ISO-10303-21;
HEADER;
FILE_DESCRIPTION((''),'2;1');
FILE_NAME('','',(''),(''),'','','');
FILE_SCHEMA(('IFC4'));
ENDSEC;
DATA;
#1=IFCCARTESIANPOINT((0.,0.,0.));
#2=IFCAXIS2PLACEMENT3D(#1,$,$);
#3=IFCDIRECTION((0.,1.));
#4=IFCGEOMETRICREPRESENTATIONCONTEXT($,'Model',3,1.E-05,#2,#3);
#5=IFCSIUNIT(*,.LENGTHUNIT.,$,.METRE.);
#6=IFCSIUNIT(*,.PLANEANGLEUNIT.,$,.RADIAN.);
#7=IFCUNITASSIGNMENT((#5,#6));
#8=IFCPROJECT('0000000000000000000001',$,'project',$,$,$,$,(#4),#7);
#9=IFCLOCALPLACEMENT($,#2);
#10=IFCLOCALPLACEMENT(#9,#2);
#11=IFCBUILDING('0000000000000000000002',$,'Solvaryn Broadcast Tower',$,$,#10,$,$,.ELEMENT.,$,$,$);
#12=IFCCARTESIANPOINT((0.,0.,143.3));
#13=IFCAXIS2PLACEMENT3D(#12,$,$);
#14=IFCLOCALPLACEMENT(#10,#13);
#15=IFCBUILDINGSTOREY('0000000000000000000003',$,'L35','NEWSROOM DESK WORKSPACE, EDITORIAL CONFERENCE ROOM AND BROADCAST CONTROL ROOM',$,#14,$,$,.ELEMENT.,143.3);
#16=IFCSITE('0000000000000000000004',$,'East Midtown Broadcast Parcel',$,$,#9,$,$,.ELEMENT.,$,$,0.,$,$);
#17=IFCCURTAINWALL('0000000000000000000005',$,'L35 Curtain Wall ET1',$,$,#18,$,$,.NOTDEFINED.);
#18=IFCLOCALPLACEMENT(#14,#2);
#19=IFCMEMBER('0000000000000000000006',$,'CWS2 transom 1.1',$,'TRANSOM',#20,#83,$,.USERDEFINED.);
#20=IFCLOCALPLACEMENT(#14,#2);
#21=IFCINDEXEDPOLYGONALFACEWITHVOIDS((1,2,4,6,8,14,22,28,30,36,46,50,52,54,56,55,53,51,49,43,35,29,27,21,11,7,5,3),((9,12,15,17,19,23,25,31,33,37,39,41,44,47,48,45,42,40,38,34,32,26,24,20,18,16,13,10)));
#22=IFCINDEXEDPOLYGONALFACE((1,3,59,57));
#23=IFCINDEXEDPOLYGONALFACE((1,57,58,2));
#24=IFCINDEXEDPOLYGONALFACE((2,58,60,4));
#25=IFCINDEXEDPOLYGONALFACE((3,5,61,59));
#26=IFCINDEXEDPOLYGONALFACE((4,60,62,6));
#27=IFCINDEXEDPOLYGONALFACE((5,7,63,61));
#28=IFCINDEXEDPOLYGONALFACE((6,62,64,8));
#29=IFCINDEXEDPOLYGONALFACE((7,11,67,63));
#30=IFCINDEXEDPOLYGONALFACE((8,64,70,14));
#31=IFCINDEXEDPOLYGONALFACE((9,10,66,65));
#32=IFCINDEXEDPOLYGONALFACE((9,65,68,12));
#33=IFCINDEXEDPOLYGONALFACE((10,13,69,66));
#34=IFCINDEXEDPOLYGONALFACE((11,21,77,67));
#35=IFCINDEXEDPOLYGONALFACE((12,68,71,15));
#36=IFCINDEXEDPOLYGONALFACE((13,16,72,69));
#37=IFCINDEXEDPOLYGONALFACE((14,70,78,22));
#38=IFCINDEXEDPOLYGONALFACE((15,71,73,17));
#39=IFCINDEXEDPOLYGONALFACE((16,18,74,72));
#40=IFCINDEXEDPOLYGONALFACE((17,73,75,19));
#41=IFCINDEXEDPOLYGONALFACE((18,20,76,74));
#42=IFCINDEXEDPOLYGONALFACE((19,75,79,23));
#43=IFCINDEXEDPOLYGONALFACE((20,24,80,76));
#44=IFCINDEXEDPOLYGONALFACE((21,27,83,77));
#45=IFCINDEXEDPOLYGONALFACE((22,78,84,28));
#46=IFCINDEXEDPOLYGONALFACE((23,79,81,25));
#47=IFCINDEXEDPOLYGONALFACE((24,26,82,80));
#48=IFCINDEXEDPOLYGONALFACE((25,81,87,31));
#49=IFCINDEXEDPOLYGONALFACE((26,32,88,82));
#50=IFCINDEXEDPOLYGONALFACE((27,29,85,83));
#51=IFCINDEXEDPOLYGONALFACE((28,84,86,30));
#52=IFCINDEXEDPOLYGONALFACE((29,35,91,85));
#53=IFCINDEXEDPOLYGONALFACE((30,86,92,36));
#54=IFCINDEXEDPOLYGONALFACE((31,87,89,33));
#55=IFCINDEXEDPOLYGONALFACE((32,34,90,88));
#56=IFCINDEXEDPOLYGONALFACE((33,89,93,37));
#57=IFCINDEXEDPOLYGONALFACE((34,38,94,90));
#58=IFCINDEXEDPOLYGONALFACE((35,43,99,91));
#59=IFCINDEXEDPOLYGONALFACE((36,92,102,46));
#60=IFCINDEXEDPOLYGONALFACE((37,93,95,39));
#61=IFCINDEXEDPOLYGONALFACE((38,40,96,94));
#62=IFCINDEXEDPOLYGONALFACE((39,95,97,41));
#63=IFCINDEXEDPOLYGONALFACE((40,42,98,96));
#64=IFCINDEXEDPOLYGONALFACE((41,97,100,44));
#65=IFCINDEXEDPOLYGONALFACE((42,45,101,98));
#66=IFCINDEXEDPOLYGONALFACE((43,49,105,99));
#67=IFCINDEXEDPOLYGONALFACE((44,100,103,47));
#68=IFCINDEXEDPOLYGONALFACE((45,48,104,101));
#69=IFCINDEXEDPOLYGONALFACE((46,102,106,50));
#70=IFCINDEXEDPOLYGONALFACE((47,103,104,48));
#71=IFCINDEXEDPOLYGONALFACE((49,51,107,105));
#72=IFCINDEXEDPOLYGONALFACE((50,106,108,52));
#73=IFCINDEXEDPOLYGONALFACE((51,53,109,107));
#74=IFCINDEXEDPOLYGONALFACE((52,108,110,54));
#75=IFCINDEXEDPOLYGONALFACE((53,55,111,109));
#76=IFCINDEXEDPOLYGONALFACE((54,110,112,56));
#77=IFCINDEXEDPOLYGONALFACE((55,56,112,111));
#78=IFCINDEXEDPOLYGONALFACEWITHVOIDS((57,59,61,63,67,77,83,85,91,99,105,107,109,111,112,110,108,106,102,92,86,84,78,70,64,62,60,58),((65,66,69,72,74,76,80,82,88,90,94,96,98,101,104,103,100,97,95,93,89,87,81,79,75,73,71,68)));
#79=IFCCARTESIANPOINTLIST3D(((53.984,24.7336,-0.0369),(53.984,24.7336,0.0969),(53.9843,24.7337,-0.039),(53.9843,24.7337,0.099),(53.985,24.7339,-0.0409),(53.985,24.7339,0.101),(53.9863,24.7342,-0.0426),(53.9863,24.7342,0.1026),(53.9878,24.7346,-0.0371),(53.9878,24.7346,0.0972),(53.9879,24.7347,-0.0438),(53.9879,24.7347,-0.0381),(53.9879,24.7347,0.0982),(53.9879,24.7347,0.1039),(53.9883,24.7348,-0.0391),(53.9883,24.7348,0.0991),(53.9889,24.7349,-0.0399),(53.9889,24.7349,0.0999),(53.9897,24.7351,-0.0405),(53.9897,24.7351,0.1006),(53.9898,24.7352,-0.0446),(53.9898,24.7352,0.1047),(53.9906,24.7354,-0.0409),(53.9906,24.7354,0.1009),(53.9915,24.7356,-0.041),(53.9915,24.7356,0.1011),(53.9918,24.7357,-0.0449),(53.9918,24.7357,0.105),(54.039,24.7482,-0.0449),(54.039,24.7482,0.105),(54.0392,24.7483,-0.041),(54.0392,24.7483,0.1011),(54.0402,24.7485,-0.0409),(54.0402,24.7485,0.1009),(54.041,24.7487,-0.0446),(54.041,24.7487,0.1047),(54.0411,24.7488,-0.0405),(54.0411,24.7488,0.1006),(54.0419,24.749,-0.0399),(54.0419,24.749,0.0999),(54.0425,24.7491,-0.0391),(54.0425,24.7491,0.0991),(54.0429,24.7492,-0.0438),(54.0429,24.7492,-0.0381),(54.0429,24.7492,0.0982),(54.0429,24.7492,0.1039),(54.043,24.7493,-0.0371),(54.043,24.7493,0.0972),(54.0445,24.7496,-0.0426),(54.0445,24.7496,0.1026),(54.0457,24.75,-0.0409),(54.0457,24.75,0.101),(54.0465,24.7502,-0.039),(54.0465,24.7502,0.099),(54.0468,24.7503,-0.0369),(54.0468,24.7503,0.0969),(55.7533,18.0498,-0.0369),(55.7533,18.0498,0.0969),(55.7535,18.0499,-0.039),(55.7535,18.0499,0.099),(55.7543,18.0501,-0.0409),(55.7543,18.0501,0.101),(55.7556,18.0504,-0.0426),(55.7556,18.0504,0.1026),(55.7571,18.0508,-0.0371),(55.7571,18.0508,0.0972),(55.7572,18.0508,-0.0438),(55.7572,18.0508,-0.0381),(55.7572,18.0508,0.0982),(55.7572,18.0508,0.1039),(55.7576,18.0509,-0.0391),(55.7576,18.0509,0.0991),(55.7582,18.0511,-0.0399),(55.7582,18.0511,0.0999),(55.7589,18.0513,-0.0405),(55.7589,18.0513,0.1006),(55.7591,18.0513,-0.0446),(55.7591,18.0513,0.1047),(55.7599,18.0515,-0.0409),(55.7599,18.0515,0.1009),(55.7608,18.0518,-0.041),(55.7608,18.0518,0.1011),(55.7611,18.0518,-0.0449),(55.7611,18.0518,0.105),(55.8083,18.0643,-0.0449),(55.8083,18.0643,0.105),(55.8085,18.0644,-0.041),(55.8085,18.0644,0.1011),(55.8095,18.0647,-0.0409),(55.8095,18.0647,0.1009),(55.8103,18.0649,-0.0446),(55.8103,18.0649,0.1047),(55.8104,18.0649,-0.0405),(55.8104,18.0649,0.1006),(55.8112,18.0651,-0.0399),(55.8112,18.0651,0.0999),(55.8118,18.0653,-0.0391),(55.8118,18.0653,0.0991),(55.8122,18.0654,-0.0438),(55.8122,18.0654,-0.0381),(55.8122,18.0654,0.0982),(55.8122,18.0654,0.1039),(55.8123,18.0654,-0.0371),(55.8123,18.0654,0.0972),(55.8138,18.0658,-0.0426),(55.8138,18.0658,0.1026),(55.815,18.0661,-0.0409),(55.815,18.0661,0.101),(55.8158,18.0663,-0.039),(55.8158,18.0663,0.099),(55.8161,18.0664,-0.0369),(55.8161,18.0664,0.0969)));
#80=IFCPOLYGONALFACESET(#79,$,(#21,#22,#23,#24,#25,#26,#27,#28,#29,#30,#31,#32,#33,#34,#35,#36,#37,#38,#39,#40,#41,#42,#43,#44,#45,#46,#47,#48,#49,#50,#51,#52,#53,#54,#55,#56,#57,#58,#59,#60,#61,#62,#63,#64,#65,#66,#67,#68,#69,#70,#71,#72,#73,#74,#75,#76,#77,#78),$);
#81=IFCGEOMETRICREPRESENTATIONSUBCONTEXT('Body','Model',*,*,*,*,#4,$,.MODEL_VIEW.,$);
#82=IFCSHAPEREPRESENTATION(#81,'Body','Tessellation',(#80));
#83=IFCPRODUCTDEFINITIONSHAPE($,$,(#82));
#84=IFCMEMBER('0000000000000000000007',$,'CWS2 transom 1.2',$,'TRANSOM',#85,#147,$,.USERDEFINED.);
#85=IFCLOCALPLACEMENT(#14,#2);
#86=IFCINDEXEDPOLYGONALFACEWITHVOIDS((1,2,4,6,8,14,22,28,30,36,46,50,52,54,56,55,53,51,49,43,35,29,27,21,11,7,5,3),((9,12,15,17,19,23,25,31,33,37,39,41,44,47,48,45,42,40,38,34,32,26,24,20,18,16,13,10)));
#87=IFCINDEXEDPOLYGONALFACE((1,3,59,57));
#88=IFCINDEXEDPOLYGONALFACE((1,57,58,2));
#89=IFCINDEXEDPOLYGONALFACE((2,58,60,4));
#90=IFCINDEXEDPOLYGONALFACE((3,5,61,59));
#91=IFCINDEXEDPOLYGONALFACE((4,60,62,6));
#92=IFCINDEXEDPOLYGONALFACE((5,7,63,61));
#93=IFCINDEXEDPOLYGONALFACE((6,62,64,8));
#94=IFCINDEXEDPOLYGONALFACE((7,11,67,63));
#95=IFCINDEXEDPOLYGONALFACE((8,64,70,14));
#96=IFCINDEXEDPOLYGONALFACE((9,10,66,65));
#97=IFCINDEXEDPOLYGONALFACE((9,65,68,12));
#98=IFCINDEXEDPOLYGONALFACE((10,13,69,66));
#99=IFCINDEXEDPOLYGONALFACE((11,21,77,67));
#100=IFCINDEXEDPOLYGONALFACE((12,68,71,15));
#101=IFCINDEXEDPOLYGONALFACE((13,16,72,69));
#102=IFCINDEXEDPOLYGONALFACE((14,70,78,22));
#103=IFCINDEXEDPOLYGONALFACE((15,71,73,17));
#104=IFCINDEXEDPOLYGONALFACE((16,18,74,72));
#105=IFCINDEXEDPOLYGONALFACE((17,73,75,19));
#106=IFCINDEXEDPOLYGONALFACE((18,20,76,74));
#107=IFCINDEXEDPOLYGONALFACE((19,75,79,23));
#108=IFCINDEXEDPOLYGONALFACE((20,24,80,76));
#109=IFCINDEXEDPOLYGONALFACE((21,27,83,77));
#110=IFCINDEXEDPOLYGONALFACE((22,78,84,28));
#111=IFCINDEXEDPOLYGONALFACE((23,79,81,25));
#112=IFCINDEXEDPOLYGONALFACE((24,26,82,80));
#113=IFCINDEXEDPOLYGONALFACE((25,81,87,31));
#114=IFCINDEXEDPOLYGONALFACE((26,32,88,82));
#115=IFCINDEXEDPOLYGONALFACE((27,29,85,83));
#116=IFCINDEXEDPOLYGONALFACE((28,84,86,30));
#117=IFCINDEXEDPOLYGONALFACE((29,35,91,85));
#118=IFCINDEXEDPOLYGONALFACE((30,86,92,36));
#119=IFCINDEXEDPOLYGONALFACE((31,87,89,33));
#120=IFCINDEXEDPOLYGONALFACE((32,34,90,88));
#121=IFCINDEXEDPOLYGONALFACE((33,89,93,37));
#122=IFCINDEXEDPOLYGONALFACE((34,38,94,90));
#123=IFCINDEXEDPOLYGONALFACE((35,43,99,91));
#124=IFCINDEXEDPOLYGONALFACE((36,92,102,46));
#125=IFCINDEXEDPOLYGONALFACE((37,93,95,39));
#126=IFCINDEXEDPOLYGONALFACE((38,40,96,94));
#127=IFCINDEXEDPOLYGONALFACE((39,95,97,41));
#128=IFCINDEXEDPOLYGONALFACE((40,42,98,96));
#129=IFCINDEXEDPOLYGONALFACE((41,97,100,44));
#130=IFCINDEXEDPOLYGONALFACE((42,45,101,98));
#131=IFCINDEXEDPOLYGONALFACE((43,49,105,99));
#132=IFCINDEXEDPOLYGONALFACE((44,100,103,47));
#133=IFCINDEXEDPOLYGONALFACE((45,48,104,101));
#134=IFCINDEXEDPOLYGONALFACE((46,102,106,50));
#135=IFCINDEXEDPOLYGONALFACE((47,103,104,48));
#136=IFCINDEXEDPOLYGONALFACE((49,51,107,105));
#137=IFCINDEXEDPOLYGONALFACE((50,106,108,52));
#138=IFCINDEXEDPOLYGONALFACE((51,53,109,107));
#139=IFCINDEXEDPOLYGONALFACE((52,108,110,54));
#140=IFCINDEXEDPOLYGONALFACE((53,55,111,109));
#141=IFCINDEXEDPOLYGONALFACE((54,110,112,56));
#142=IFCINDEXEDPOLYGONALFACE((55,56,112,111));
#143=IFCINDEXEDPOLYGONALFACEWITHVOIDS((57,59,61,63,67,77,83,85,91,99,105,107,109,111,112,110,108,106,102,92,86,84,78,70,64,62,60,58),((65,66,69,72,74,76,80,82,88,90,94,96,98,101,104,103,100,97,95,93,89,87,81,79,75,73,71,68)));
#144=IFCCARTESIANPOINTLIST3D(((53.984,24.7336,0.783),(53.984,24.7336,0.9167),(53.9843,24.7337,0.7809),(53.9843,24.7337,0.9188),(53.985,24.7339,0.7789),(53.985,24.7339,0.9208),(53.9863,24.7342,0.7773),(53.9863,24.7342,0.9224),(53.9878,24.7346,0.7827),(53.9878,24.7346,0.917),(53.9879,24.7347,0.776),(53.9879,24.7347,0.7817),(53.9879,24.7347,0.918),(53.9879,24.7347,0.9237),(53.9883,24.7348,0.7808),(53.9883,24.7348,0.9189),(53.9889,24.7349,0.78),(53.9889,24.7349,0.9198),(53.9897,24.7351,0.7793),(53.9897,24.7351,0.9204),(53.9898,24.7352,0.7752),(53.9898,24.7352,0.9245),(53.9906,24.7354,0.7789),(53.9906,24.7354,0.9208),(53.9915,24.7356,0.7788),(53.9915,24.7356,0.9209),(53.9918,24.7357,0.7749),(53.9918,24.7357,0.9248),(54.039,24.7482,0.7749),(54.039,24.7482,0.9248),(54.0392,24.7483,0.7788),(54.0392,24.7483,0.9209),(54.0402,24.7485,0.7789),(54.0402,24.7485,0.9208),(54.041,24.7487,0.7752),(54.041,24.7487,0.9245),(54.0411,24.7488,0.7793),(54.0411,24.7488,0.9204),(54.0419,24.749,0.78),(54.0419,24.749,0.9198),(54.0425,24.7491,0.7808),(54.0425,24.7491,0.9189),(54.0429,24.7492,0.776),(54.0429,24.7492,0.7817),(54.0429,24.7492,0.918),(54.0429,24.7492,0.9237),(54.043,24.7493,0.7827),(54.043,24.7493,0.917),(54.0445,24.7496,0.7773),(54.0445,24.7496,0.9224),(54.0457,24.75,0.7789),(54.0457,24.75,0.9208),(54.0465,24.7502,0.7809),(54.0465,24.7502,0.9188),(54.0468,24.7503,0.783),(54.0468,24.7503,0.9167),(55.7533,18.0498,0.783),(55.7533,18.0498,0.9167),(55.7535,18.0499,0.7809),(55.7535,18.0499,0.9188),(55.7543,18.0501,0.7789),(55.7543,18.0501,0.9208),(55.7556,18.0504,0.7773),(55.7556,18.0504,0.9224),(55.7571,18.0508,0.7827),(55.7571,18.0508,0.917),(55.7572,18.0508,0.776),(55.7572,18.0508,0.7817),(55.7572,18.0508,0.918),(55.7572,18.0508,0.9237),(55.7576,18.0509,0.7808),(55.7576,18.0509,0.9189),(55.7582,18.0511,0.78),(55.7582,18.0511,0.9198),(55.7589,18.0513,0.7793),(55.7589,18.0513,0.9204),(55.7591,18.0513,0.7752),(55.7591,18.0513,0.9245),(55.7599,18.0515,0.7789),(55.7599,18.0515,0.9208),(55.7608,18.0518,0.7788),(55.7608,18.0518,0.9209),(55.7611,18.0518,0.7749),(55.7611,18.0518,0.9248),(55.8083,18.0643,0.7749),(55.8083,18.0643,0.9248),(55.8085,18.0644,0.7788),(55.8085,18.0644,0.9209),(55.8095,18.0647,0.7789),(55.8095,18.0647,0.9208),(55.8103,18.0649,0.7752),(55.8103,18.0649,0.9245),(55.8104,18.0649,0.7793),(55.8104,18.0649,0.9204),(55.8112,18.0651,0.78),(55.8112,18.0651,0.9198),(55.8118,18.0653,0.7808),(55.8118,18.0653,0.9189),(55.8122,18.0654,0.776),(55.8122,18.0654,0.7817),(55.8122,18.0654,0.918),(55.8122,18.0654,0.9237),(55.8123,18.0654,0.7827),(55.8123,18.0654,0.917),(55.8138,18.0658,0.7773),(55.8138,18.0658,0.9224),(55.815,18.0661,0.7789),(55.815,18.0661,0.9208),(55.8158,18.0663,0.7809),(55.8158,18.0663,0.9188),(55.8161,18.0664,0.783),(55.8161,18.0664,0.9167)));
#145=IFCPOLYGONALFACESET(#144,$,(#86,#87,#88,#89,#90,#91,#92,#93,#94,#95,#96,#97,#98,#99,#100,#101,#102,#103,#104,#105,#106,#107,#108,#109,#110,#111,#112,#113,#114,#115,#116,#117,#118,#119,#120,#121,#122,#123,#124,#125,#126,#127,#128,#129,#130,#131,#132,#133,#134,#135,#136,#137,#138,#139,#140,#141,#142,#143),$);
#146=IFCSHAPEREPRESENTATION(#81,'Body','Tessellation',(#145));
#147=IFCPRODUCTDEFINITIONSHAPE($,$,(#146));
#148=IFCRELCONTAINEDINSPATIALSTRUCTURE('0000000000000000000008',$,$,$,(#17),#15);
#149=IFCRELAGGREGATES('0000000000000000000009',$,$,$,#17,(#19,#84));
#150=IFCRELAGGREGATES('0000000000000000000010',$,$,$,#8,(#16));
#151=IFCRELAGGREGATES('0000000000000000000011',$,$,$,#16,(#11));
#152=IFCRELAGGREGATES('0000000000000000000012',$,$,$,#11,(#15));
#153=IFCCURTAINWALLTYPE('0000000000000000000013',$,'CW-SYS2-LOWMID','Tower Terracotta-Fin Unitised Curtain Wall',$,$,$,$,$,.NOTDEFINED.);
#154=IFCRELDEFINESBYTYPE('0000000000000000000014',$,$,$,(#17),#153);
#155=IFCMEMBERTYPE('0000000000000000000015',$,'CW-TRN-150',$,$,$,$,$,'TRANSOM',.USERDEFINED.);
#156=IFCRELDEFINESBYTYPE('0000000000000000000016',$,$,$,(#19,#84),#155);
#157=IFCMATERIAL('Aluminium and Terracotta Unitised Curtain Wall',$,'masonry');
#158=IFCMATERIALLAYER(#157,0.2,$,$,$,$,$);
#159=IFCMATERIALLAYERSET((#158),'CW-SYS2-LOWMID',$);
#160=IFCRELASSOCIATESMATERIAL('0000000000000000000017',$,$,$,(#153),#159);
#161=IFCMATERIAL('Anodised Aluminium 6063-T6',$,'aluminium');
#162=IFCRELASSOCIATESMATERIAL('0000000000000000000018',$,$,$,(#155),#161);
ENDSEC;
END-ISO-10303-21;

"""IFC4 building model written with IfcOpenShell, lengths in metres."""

from ifc_helpers import new_model, si_unit, direction, frame, origin, origin_2d, place, context, subcontext, project, spatial, hollow_rectangle, extrude, material, layer, layer_set, material_profile, profile_set, type_object, element, aggregate, save


model = new_model("IFC4")

# Units and contexts
model_context = context("Model", 3, precision=1e-05, world=origin(), true_north=direction((0.0, 1.0)))
body_context = subcontext(model_context, "Body", "Model", "MODEL_VIEW")
ifc_project = project(units=[si_unit("LENGTHUNIT", "METRE"), si_unit("PLANEANGLEUNIT", "RADIAN")], contexts=[model_context])

# Site, building, storey
site_placement = place(None, origin())
site = spatial("IfcSite", under=ifc_project, at=site_placement, Name="East Midtown Broadcast Parcel", CompositionType="ELEMENT", RefElevation=0.0)
building_placement = place(site_placement, origin())
building = spatial("IfcBuilding", under=site, at=building_placement, Name="Solvaryn Broadcast Tower", CompositionType="ELEMENT")
storey_placement = place(building_placement, frame((0.0, 0.0, 143.3)))
storey = spatial("IfcBuildingStorey", under=building, at=storey_placement, Name="L35", Description="NEWSROOM DESK WORKSPACE, EDITORIAL CONFERENCE ROOM AND BROADCAST CONTROL ROOM", CompositionType="ELEMENT", Elevation=143.3)

# Curtain wall
ifc_material_1 = material(Name="Aluminium and Terracotta Unitised Curtain Wall", Category="masonry")
ifc_layer_1 = layer(ifc_material_1, 0.2)
ifc_layer_set_1 = layer_set([ifc_layer_1], Name="CW-SYS2-LOWMID")
curtain_wall_type = type_object("IfcCurtainWallType", Name="CW-SYS2-LOWMID", Description="Tower Terracotta-Fin Unitised Curtain Wall", PredefinedType="NOTDEFINED", material=ifc_layer_set_1)
curtain_wall_1_placement = place(storey_placement, origin())
curtain_wall_1 = element("IfcCurtainWall", 1, at=curtain_wall_1_placement, inside=storey, type_object=curtain_wall_type, Name="L35 Curtain Wall ET1", PredefinedType="NOTDEFINED")

# Members
ifc_material_2 = material(Name="Anodised Aluminium 6063-T6", Category="aluminium")
ifc_material_profile_1 = material_profile(ifc_material_2, hollow_rectangle(XDim=0.0649, YDim=0.1499, WallThickness=0.0039, InnerFilletRadius=0.0039, OuterFilletRadius=0.0081, at=origin_2d()))
ifc_profile_set_1 = profile_set([ifc_material_profile_1], Name="Anodised Aluminium 6063-T6")
member_type_1 = type_object("IfcMemberType", Name="CW-TRN-150", ElementType="TRANSOM", PredefinedType="USERDEFINED", material=ifc_profile_set_1)
member_1_placement = place(storey_placement, frame((54.0154, 24.7419, 0.03), z_axis=(0.255897, -0.966704, 0.0), x_axis=(0.966704, 0.255897, 0.0)))
member_1 = element("IfcMember", 2, at=member_1_placement, type_object=member_type_1, Name="CWS2 transom 1.1", ObjectType="TRANSOM", PredefinedType="USERDEFINED", context=body_context, shape_type="SweptSolid", body=[
    extrude(hollow_rectangle(XDim=0.0649, YDim=0.1499, WallThickness=0.0039, InnerFilletRadius=0.0039, OuterFilletRadius=0.0081, at=origin_2d()), origin(), (0.0, 0.0, 1.0), 6.9141),
])
member_2_placement = place(storey_placement, frame((54.0154, 24.7419, 0.8499), z_axis=(0.255897, -0.966704, 0.0), x_axis=(0.966704, 0.255897, 0.0)))
member_2 = element("IfcMember", 3, at=member_2_placement, type_object=member_type_1, Name="CWS2 transom 1.2", ObjectType="TRANSOM", PredefinedType="USERDEFINED", context=body_context, shape_type="SweptSolid", body=[
    extrude(hollow_rectangle(XDim=0.0649, YDim=0.1499, WallThickness=0.0039, InnerFilletRadius=0.0039, OuterFilletRadius=0.0081, at=origin_2d()), origin(), (0.0, 0.0, 1.0), 6.9141),
])

aggregate(curtain_wall_1, [member_1, member_2])

save(model, "model.ifc")
